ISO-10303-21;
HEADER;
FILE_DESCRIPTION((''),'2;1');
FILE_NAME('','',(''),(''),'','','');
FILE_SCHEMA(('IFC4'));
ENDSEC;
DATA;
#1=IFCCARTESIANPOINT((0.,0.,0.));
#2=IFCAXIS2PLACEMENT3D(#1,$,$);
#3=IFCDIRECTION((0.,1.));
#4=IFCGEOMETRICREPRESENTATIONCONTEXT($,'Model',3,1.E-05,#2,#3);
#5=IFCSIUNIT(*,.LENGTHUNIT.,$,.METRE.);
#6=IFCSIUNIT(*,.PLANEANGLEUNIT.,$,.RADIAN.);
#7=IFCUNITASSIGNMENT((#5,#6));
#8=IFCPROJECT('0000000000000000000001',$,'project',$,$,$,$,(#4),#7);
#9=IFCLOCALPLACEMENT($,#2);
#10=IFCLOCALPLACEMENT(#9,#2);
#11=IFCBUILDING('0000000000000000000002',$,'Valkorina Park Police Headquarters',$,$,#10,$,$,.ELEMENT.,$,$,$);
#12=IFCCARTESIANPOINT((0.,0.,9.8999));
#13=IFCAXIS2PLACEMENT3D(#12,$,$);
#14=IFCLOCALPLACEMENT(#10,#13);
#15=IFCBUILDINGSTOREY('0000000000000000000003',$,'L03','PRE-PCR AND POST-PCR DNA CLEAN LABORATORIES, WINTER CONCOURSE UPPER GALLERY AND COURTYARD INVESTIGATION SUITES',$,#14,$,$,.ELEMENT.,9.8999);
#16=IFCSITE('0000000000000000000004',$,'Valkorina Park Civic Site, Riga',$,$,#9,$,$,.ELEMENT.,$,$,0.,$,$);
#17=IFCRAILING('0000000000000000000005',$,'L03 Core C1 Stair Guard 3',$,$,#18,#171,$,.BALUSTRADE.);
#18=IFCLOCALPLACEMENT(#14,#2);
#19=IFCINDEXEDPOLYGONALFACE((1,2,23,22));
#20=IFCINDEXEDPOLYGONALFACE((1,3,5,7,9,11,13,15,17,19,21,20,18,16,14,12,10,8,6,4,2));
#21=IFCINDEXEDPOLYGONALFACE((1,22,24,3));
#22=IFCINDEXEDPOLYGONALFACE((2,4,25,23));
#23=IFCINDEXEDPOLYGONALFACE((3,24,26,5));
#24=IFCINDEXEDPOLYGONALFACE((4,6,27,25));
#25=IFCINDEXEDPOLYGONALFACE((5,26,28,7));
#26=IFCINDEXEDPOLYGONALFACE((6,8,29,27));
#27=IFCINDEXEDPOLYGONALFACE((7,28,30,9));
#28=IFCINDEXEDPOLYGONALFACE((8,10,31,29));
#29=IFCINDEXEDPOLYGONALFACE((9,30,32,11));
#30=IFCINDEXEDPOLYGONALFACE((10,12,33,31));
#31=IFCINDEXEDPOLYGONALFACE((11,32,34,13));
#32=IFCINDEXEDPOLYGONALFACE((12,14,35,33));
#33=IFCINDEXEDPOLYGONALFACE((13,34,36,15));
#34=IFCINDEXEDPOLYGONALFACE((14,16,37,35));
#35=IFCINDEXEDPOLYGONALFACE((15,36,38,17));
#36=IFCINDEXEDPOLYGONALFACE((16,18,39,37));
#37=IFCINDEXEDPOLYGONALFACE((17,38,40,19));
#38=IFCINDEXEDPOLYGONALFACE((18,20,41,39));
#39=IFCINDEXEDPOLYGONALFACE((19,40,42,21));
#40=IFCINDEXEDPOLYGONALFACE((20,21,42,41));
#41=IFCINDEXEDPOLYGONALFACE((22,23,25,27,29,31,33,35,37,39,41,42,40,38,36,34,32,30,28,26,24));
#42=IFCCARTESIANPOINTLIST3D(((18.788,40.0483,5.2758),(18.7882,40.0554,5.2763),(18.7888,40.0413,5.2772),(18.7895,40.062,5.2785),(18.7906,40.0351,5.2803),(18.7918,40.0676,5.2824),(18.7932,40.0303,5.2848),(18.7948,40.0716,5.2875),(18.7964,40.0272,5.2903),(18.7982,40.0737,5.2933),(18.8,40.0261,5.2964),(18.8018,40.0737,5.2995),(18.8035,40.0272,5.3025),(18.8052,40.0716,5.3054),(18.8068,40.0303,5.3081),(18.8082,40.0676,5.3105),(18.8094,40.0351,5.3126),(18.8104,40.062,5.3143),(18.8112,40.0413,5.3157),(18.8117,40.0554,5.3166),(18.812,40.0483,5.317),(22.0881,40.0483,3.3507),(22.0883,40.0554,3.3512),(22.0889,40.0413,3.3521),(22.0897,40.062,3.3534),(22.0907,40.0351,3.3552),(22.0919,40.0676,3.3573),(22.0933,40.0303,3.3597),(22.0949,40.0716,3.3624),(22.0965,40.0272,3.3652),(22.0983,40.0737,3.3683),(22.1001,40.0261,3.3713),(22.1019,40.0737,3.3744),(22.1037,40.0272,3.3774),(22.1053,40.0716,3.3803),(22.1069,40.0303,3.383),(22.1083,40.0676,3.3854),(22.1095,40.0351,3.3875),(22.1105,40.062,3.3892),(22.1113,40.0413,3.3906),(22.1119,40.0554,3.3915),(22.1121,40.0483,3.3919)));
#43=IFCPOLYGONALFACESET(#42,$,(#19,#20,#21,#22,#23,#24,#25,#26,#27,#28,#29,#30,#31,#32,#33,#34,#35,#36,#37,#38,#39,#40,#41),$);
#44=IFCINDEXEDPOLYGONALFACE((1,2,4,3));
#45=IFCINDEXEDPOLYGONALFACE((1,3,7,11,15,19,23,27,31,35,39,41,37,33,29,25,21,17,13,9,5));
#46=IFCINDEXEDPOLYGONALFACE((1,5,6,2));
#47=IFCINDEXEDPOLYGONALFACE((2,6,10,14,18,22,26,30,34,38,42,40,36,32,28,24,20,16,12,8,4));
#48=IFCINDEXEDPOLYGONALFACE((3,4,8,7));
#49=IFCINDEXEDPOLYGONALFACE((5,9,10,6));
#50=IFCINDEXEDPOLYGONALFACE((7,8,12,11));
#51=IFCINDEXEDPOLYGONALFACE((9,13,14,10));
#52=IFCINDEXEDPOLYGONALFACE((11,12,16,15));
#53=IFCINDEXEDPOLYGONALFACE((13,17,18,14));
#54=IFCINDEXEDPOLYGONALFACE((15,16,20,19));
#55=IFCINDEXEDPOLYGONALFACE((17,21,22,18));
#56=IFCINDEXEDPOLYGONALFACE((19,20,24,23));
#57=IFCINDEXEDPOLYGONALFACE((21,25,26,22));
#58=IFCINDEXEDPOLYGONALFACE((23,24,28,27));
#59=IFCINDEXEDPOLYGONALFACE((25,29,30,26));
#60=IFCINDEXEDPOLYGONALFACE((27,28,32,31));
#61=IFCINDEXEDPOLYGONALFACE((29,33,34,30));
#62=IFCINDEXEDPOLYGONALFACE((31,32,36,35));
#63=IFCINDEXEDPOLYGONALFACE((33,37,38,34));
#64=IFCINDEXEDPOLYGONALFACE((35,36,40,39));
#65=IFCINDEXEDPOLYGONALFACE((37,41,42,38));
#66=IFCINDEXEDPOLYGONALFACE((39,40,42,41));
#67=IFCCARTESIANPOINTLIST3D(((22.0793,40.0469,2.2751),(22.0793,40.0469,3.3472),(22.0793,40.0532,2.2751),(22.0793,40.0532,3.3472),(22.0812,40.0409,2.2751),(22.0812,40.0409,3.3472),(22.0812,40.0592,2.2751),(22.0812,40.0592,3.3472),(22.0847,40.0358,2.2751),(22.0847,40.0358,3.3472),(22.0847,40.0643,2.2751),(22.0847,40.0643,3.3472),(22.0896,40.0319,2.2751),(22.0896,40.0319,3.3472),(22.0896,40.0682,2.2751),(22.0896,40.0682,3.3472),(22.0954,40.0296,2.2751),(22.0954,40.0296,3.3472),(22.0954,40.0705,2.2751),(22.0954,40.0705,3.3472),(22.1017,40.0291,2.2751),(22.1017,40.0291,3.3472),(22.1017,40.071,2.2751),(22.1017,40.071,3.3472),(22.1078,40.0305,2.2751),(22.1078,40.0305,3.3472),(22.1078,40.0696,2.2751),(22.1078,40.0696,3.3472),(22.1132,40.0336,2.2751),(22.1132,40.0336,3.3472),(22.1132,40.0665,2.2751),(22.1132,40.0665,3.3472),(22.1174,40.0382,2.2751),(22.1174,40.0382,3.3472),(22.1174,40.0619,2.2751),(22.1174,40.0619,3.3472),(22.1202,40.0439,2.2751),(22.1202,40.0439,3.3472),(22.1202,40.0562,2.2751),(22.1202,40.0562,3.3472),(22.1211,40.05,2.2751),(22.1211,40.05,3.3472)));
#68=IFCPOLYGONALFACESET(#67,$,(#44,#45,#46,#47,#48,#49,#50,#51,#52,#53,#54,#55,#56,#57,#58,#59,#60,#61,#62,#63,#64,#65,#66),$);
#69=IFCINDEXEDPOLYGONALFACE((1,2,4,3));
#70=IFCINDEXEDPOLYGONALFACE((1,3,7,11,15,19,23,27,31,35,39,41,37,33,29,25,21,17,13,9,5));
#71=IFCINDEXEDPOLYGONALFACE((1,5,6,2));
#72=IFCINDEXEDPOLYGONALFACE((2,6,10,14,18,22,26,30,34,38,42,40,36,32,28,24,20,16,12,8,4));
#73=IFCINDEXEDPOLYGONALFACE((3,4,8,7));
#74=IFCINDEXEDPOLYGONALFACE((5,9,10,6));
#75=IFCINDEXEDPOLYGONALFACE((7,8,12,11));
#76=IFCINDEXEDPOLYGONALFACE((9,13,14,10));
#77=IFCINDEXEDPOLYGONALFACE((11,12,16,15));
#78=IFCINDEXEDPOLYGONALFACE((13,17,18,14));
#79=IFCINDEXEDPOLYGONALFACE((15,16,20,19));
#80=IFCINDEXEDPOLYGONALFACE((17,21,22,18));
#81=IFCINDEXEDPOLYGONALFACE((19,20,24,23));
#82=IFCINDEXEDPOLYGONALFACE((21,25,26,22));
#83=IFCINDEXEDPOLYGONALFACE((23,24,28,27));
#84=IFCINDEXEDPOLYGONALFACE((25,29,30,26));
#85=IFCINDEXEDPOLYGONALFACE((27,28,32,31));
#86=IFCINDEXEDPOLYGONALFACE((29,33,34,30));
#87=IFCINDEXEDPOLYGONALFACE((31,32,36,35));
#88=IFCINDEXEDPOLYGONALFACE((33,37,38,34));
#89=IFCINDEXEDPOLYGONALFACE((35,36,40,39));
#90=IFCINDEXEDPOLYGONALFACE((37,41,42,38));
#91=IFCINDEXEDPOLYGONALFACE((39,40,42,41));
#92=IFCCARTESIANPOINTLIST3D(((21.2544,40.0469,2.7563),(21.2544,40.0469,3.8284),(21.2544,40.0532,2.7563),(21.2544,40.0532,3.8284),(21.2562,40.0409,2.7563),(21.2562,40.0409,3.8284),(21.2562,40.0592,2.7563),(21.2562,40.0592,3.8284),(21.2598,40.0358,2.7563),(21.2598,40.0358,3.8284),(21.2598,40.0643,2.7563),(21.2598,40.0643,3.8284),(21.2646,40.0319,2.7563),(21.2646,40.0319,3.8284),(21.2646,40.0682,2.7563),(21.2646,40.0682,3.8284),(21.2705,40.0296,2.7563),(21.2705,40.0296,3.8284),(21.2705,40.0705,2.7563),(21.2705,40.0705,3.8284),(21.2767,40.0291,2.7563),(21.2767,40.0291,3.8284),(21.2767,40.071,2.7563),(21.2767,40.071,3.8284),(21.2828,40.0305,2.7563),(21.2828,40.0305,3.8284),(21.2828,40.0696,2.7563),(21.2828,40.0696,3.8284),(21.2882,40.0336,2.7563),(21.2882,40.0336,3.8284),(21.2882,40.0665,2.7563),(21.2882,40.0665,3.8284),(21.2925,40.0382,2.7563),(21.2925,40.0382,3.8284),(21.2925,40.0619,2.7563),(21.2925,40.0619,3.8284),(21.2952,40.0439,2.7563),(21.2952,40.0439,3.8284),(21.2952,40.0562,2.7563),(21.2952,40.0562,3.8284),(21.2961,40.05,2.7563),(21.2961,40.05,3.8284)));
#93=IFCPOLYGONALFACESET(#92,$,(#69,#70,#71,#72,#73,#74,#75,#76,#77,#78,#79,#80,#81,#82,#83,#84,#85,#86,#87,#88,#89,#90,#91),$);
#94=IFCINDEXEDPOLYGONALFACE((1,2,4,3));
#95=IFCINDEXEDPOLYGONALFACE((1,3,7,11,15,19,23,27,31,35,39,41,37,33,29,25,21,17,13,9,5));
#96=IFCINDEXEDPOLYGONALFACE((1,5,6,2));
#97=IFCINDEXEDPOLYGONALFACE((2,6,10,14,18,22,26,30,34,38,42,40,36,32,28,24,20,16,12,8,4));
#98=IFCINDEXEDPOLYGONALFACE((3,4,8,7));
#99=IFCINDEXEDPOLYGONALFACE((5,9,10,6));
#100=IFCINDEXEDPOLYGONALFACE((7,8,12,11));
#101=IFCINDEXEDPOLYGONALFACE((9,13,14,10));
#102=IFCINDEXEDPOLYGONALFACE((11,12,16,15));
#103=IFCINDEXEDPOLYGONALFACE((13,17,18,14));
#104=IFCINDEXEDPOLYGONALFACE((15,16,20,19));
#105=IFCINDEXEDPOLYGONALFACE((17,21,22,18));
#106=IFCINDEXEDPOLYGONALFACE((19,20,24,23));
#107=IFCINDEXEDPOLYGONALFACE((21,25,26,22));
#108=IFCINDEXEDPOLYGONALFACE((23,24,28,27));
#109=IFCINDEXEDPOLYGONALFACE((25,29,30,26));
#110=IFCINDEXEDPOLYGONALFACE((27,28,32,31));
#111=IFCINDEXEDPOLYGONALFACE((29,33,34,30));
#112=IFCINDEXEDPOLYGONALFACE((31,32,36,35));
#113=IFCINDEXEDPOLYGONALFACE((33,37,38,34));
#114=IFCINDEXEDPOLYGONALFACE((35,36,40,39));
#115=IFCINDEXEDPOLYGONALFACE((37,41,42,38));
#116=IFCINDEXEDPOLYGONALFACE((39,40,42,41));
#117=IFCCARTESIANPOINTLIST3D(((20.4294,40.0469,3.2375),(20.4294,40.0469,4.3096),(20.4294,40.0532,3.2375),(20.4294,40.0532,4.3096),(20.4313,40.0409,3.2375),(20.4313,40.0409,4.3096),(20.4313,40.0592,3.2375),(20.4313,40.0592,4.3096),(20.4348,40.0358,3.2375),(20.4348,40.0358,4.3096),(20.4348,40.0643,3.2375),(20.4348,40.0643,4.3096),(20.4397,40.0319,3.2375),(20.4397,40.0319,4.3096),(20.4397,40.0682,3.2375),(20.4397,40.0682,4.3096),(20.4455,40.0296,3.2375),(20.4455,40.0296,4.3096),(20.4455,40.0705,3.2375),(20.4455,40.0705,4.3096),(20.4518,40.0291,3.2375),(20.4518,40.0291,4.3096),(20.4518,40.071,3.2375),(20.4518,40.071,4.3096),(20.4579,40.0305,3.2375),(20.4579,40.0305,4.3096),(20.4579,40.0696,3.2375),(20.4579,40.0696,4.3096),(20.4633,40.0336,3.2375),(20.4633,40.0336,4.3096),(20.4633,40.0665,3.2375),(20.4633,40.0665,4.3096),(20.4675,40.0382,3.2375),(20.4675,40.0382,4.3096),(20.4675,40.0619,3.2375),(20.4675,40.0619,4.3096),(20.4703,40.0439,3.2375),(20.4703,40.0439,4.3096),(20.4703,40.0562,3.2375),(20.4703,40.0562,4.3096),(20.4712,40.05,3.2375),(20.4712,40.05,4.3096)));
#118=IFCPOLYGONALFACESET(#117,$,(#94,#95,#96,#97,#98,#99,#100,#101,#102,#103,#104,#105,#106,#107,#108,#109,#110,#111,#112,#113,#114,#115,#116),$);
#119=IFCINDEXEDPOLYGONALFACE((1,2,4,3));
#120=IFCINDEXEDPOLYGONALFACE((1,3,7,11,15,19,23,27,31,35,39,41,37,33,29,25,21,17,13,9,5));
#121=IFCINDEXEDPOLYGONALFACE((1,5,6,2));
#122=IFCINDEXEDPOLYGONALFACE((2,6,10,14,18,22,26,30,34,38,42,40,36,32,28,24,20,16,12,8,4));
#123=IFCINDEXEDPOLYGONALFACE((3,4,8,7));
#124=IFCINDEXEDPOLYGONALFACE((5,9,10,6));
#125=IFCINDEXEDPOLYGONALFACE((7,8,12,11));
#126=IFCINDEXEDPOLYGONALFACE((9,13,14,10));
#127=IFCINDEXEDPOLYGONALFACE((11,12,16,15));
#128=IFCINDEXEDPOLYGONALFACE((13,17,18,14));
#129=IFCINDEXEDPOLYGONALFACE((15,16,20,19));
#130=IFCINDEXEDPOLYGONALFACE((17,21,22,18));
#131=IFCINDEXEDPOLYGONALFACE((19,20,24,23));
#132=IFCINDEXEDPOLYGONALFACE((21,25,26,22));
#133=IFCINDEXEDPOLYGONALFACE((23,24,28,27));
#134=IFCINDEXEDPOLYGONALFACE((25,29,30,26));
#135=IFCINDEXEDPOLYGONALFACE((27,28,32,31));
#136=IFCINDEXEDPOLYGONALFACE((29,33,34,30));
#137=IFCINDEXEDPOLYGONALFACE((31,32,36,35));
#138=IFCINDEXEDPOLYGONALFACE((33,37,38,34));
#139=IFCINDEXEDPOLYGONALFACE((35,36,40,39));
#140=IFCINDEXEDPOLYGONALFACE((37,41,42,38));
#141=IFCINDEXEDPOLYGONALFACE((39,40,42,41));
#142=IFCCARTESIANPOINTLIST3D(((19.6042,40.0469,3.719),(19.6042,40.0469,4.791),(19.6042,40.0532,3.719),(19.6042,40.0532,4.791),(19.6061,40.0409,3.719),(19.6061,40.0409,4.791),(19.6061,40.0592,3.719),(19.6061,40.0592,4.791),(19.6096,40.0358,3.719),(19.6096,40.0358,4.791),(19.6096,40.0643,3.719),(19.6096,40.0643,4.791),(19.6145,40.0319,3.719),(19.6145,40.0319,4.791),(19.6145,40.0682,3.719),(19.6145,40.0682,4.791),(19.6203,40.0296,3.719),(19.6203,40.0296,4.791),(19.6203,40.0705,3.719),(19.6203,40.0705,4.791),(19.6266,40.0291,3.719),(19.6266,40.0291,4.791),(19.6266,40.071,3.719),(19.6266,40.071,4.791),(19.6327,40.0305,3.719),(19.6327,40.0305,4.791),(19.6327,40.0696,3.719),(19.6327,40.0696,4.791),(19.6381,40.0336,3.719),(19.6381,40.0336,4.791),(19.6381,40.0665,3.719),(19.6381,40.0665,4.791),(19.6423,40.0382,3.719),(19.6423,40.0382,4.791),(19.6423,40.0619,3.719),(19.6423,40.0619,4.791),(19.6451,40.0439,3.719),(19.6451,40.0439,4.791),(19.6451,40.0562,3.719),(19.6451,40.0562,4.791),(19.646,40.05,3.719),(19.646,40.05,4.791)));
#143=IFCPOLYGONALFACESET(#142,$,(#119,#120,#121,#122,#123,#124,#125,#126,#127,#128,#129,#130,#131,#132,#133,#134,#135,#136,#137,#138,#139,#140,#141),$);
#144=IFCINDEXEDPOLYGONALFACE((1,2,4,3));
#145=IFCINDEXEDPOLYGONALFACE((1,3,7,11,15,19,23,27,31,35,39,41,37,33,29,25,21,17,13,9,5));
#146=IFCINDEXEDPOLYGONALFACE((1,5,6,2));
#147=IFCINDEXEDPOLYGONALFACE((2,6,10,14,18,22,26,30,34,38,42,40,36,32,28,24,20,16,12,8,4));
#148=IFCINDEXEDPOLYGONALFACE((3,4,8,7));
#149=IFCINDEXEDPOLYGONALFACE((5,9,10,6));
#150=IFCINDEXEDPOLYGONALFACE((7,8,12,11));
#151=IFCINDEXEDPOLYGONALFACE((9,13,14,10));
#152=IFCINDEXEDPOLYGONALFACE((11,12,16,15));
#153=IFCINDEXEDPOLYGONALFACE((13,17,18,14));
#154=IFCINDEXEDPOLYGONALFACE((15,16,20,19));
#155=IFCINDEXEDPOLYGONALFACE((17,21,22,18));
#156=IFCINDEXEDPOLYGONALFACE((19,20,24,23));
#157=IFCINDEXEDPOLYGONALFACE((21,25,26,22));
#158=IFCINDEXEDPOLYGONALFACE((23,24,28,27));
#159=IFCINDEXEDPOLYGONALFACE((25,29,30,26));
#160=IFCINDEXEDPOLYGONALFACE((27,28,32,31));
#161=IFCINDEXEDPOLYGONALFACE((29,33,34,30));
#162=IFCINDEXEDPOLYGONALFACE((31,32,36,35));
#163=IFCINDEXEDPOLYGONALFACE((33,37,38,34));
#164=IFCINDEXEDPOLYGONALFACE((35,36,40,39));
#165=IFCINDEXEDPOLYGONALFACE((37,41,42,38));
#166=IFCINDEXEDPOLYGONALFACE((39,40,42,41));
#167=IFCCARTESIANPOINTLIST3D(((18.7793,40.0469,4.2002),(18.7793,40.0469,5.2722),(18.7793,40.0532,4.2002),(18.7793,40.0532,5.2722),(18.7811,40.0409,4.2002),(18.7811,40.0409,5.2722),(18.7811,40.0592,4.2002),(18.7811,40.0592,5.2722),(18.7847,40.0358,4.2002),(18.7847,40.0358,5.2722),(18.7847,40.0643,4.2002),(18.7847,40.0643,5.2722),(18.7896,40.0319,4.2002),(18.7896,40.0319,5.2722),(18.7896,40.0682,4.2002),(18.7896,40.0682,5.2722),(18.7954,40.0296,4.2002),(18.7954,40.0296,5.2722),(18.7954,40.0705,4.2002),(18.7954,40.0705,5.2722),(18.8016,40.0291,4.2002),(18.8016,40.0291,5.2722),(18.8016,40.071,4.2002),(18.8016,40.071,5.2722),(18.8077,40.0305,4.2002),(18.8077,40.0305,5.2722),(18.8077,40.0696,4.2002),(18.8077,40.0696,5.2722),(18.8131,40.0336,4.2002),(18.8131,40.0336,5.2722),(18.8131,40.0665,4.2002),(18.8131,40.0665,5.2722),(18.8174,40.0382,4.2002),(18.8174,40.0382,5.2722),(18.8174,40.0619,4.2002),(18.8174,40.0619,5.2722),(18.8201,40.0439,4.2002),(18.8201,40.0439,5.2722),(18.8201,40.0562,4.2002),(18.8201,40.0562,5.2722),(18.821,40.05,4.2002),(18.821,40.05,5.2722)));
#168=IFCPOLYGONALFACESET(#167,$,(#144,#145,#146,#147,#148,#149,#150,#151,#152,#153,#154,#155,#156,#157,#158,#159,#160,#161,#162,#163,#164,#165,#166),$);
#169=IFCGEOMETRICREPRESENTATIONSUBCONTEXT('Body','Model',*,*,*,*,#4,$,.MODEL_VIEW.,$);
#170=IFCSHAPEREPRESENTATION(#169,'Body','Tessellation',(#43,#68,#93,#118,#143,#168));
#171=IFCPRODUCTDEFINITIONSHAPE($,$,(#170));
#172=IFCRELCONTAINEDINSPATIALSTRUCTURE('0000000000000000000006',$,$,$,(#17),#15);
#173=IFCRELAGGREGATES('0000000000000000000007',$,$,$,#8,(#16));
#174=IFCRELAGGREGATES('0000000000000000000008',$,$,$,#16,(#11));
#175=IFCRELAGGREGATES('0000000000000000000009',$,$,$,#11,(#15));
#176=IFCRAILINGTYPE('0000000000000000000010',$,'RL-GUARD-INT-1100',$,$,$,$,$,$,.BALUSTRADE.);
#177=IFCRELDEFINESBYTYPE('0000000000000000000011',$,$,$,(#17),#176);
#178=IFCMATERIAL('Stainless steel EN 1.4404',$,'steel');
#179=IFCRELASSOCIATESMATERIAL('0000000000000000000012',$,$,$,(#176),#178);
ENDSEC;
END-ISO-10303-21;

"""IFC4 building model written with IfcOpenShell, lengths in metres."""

from ifc_helpers import new_model, si_unit, direction, frame, origin, origin_2d, place, context, subcontext, project, spatial, circle, extrude, material, type_object, element, save


model = new_model("IFC4")

# Units and contexts
model_context = context("Model", 3, precision=1e-05, world=origin(), true_north=direction((0.0, 1.0)))
body_context = subcontext(model_context, "Body", "Model", "MODEL_VIEW")
ifc_project = project(units=[si_unit("LENGTHUNIT", "METRE"), si_unit("PLANEANGLEUNIT", "RADIAN")], contexts=[model_context])

# Site, building, storey
site_placement = place(None, origin())
site = spatial("IfcSite", under=ifc_project, at=site_placement, Name="Valkorina Park Civic Site, Riga", CompositionType="ELEMENT", RefElevation=0.0)
building_placement = place(site_placement, origin())
building = spatial("IfcBuilding", under=site, at=building_placement, Name="Valkorina Park Police Headquarters", CompositionType="ELEMENT")
storey_placement = place(building_placement, frame((0.0, 0.0, 9.8999)))
storey = spatial("IfcBuildingStorey", under=building, at=storey_placement, Name="L03", Description="PRE-PCR AND POST-PCR DNA CLEAN LABORATORIES, WINTER CONCOURSE UPPER GALLERY AND COURTYARD INVESTIGATION SUITES", CompositionType="ELEMENT", Elevation=9.8999)

# Shared definitions
ifc_material_1 = material(Name="Stainless steel EN 1.4404", Category="steel")

# Railing
railing_type_1 = type_object("IfcRailingType", Name="RL-GUARD-INT-1100", PredefinedType="BALUSTRADE", material=ifc_material_1)
railing_1_placement = place(storey_placement, frame((22.1001, 40.05, 2.2751)))
element("IfcRailing", 1, at=railing_1_placement, inside=storey, type_object=railing_type_1, Name="L03 Core C1 Stair Guard 3", PredefinedType="BALUSTRADE", context=body_context, shape_type="SweptSolid", body=[
    extrude(circle(Radius=0.0239, at=origin_2d()), frame((0.0, 0.0, 1.0962), z_axis=(-0.863777, 0.0, 0.503875), x_axis=(0.0, -1.0, 0.0)), (0.0, 0.0, 1.0), 3.8206),
    extrude(circle(Radius=0.021, at=origin_2d()), origin(), (0.0, 0.0, 1.0), 1.072),
    extrude(circle(Radius=0.021, at=origin_2d()), frame((-0.825, 0.0, 0.4812)), (0.0, 0.0, 1.0), 1.072),
    extrude(circle(Radius=0.021, at=origin_2d()), frame((-1.6499, 0.0, 0.9624)), (0.0, 0.0, 1.0), 1.072),
    extrude(circle(Radius=0.021, at=origin_2d()), frame((-2.4751, 0.0, 1.4438)), (0.0, 0.0, 1.0), 1.072),
    extrude(circle(Radius=0.021, at=origin_2d()), frame((-3.3, 0.0, 1.925)), (0.0, 0.0, 1.0), 1.072),
])

save(model, "model.ifc")
